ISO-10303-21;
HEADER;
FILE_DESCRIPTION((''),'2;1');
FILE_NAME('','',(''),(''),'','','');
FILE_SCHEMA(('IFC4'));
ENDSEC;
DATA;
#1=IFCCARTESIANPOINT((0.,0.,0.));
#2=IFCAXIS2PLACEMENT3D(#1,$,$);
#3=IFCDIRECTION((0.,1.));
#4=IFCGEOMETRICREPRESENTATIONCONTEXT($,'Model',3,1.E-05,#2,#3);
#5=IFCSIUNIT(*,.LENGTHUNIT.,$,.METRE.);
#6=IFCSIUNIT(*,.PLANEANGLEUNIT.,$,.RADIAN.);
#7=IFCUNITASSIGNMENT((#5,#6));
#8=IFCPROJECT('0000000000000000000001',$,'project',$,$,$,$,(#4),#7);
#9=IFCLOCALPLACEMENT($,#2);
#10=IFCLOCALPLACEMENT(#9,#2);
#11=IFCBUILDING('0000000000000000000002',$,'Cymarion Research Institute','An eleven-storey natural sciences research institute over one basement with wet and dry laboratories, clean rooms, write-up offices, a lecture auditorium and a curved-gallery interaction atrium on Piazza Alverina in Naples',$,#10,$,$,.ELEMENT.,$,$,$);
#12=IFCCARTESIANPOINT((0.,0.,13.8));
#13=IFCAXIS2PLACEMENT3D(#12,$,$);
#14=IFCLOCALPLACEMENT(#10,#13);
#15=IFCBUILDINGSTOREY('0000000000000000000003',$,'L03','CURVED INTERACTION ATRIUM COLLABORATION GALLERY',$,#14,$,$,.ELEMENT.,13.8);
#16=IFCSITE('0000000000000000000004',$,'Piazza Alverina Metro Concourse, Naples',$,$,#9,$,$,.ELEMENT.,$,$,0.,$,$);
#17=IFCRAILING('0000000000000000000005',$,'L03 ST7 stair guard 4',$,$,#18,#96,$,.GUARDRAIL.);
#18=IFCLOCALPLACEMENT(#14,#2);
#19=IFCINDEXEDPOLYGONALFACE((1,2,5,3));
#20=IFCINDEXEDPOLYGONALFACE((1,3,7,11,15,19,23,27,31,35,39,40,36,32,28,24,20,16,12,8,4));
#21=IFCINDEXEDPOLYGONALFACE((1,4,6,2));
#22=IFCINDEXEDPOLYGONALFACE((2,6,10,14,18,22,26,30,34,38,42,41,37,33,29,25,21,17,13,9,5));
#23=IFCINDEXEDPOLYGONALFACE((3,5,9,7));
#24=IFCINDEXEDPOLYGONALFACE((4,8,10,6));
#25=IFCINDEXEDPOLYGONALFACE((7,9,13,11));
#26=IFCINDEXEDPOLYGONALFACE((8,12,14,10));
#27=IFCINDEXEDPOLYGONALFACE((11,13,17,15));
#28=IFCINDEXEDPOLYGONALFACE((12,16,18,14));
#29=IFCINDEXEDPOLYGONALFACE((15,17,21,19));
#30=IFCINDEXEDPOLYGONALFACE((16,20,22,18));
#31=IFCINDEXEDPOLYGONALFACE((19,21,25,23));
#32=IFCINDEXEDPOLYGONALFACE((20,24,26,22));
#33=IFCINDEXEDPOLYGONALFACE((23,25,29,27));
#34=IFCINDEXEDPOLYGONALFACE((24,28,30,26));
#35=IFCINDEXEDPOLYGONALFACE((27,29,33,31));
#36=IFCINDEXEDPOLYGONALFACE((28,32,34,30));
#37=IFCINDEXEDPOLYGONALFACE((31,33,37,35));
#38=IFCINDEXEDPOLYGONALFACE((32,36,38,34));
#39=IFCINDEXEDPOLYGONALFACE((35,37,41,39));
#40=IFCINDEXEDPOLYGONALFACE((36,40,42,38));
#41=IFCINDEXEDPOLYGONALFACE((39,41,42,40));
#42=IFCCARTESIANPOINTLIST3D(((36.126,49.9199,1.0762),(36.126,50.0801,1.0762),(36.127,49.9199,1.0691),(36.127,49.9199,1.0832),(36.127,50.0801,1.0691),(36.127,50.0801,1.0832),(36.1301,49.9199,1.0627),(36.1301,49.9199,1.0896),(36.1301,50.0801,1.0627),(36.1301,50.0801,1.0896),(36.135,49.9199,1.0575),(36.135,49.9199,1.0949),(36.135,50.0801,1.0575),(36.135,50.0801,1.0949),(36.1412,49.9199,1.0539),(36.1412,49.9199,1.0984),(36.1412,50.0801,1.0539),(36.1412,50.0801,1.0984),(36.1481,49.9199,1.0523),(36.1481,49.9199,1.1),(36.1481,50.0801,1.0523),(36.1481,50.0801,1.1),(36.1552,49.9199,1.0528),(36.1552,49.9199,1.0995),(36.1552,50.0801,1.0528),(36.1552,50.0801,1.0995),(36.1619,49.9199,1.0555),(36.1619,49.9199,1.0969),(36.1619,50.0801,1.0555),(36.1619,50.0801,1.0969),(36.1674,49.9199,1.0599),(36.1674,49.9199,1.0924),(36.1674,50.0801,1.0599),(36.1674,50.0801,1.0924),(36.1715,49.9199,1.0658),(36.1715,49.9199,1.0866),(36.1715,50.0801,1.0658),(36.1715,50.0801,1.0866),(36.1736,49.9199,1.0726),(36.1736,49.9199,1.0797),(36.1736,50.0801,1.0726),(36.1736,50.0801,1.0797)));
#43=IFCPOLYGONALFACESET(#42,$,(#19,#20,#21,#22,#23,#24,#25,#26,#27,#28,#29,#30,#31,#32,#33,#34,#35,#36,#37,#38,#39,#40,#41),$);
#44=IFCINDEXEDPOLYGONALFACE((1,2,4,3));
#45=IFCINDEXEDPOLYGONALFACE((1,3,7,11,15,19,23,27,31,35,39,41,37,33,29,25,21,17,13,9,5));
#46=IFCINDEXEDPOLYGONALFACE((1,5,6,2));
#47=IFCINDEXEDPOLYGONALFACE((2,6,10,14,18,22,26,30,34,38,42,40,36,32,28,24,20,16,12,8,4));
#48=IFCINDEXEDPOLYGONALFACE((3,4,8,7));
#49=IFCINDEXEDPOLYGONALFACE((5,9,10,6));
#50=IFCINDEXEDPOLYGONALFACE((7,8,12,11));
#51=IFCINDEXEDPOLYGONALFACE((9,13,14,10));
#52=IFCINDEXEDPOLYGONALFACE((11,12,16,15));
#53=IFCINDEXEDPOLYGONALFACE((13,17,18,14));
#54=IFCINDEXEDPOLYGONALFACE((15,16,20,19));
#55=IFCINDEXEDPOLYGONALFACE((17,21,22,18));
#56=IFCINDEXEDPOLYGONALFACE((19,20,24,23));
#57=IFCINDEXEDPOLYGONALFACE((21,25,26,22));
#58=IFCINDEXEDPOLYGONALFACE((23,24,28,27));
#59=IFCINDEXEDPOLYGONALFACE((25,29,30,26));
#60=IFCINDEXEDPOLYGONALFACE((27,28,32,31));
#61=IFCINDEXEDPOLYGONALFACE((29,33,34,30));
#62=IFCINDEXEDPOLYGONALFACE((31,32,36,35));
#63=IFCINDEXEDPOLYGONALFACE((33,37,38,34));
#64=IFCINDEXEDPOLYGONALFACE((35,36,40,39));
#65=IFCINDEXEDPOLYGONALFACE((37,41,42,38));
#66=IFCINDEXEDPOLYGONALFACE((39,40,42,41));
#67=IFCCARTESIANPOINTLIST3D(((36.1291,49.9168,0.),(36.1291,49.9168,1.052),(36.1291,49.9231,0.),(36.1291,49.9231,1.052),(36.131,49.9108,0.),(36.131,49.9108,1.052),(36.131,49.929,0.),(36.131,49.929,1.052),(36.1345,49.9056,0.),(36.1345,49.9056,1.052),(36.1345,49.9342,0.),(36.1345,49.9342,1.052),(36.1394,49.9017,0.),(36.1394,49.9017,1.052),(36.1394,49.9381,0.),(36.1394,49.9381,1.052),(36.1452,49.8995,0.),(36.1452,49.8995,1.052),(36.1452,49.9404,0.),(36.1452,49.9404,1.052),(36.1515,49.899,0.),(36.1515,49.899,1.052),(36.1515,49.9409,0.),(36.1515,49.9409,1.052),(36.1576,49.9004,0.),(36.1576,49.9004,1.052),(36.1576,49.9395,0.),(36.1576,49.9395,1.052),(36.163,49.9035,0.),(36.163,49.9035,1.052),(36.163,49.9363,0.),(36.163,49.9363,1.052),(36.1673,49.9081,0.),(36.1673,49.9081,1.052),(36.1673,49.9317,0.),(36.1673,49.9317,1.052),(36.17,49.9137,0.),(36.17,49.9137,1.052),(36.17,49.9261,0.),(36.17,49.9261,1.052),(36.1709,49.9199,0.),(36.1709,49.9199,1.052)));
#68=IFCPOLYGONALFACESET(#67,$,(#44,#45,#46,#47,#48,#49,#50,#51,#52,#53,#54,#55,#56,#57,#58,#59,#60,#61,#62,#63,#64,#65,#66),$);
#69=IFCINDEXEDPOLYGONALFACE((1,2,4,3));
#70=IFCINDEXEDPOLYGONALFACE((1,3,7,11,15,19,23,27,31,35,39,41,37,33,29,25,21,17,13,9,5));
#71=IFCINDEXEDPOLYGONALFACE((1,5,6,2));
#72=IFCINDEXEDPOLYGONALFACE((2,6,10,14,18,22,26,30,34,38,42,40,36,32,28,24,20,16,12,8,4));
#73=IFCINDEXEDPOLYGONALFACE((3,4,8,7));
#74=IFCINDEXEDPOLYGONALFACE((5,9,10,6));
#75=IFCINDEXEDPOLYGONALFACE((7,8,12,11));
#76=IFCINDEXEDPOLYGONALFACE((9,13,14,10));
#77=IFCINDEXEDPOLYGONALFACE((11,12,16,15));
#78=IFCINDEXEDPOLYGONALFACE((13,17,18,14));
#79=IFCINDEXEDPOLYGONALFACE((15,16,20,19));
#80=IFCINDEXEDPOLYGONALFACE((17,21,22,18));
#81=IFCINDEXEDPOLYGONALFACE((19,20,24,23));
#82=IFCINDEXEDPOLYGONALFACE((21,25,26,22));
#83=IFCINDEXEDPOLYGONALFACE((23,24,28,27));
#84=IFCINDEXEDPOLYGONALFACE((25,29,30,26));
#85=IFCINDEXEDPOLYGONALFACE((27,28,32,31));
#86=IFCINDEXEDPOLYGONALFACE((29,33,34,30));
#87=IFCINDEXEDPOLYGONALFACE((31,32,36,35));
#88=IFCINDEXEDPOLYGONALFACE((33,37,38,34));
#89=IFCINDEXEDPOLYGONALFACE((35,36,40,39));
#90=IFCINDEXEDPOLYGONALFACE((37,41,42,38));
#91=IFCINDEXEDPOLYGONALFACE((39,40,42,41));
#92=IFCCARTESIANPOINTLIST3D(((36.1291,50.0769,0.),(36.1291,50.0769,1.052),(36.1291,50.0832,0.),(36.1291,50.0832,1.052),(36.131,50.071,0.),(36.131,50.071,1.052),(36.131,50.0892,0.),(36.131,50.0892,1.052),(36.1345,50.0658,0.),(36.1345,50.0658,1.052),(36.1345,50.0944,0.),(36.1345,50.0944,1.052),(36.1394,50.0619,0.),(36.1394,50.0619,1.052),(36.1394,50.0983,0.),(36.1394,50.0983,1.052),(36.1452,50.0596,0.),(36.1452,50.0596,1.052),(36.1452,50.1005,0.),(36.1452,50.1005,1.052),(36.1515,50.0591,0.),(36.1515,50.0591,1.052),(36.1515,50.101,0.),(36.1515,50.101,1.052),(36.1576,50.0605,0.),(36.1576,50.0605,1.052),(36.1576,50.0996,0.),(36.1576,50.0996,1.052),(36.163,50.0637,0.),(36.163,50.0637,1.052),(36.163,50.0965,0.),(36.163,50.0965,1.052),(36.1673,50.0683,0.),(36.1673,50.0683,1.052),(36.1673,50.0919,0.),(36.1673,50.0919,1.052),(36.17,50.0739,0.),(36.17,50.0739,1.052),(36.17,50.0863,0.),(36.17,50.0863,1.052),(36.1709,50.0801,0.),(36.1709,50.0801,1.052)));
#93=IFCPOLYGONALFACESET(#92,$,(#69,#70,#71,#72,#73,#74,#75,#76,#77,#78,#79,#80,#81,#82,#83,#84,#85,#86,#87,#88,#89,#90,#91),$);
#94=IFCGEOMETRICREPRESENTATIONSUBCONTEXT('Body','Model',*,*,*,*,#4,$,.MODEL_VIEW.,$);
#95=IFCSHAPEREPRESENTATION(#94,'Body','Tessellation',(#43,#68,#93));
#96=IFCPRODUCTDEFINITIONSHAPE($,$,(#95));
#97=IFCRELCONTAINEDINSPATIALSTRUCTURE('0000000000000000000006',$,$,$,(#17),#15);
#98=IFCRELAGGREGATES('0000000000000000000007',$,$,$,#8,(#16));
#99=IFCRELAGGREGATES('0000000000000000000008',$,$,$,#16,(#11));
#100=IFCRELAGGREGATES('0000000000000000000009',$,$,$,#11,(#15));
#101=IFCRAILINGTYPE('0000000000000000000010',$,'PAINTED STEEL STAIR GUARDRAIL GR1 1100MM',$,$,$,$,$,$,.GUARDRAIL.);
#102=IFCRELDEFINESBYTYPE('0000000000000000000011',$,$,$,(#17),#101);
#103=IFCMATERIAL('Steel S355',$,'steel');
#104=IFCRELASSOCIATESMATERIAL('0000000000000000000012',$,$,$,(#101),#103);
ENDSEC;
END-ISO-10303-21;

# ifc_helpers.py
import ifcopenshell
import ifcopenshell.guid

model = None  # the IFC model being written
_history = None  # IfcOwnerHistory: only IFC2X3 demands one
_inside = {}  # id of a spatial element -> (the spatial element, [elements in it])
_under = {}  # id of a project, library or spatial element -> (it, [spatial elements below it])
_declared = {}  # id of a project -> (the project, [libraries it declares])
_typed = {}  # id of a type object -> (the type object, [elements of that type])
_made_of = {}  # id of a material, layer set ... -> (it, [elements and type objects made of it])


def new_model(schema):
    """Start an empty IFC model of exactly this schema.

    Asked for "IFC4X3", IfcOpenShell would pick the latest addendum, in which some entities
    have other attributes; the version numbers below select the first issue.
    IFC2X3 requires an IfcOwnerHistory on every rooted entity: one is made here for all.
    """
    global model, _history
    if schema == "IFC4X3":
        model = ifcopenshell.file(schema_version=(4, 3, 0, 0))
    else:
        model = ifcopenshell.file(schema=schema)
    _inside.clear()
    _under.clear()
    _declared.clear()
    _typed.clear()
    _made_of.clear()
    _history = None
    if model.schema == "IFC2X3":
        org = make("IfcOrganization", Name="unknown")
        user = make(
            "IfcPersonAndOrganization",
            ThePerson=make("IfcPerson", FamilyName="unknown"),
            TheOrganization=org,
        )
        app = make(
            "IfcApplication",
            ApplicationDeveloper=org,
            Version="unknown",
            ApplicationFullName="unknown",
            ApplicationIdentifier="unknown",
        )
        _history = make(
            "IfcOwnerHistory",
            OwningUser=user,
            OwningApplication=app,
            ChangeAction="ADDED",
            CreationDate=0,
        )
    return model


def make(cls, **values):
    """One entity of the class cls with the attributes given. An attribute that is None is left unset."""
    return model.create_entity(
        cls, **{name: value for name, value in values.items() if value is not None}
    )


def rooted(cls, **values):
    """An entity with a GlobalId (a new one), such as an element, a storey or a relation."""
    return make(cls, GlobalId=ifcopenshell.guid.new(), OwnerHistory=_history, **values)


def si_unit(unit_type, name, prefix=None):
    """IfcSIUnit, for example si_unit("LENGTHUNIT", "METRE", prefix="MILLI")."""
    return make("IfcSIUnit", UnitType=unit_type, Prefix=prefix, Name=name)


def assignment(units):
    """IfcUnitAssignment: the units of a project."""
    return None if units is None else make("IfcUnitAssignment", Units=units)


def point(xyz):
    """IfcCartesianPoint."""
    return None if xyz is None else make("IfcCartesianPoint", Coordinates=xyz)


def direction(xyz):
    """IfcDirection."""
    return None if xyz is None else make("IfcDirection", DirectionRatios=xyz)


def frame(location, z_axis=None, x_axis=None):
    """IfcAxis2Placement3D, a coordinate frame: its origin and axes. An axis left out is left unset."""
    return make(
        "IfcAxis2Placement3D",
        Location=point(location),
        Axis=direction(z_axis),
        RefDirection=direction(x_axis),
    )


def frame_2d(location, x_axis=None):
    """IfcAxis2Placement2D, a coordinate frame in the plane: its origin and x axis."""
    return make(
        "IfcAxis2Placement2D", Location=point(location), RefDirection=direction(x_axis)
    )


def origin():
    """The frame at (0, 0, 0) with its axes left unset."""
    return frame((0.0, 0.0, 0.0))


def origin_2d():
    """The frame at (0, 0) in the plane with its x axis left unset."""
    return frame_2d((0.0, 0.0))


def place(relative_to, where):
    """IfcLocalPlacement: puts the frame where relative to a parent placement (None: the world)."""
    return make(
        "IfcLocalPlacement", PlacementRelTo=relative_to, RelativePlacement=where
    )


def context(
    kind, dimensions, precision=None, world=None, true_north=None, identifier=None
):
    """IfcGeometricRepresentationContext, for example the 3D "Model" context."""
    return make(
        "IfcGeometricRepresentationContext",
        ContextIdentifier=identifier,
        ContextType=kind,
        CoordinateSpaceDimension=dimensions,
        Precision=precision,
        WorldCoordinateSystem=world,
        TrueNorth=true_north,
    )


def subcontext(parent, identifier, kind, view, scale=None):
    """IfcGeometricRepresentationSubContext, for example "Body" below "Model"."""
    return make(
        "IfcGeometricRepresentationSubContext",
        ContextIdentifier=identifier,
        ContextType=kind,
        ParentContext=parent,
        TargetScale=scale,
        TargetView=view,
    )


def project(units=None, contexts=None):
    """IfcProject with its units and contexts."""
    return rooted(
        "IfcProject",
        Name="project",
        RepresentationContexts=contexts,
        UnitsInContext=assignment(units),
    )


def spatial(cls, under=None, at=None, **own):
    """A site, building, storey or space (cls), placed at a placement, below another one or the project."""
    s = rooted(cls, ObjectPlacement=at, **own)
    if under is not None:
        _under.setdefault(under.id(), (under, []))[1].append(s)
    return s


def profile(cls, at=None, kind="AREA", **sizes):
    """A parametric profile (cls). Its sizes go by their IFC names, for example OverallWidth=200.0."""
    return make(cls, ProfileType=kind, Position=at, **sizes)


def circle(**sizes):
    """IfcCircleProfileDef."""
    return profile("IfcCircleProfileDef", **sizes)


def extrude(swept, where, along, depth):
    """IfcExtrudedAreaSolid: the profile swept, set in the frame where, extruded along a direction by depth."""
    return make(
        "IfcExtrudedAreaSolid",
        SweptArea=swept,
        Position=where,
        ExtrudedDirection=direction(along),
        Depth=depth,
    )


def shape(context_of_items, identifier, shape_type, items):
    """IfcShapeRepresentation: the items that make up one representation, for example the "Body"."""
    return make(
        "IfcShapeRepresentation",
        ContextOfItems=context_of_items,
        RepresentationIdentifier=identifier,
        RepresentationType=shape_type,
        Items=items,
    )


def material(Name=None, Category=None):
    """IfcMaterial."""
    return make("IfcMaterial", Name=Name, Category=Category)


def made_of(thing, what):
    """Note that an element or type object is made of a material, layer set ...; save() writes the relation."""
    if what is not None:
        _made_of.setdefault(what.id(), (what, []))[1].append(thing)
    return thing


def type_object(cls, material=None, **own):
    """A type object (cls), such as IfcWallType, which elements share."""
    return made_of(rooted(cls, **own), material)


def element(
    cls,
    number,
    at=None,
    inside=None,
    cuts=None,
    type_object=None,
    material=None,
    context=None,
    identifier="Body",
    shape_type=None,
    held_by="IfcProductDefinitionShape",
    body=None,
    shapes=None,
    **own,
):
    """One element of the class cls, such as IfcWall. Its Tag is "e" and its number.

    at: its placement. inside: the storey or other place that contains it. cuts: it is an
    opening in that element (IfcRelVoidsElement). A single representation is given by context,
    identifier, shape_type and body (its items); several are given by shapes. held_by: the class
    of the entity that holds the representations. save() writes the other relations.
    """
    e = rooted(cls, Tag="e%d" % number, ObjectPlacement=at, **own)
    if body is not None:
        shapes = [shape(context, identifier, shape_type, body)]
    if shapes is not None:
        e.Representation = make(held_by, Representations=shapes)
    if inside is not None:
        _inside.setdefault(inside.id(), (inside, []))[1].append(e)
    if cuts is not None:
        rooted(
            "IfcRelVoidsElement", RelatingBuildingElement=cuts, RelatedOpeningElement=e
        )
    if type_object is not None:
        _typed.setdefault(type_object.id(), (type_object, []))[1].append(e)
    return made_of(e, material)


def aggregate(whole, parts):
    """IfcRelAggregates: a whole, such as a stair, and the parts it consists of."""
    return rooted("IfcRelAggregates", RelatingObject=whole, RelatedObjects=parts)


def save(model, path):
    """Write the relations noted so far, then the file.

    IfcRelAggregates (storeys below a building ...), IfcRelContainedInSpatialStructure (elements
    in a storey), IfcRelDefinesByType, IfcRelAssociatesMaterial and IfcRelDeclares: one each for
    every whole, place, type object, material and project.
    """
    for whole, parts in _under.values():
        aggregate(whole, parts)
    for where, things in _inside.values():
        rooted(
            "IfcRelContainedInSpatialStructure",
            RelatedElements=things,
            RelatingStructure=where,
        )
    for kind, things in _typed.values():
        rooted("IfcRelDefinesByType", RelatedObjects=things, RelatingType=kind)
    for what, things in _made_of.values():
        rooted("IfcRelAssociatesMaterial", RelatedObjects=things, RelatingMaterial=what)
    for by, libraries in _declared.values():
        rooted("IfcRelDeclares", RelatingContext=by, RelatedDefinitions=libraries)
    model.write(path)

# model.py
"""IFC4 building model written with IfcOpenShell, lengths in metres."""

from ifc_helpers import new_model, si_unit, direction, frame, origin, origin_2d, place, context, subcontext, project, spatial, circle, extrude, material, type_object, element, save


model = new_model("IFC4")

# Units and contexts
model_context = context("Model", 3, precision=1e-05, world=origin(), true_north=direction((0.0, 1.0)))
body_context = subcontext(model_context, "Body", "Model", "MODEL_VIEW")
ifc_project = project(units=[si_unit("LENGTHUNIT", "METRE"), si_unit("PLANEANGLEUNIT", "RADIAN")], contexts=[model_context])

# Site, building, storey
site_placement = place(None, origin())
site = spatial("IfcSite", under=ifc_project, at=site_placement, Name="Piazza Alverina Metro Concourse, Naples", CompositionType="ELEMENT", RefElevation=0.0)
building_placement = place(site_placement, origin())
building = spatial("IfcBuilding", under=site, at=building_placement, Name="Cymarion Research Institute", Description="An eleven-storey natural sciences research institute over one basement with wet and dry laboratories, clean rooms, write-up offices, a lecture auditorium and a curved-gallery interaction atrium on Piazza Alverina in Naples", CompositionType="ELEMENT")
storey_placement = place(building_placement, frame((0.0, 0.0, 13.8)))
storey = spatial("IfcBuildingStorey", under=building, at=storey_placement, Name="L03", Description="CURVED INTERACTION ATRIUM COLLABORATION GALLERY", CompositionType="ELEMENT", Elevation=13.8)

# Shared definitions
ifc_material_1 = material(Name="Steel S355", Category="steel")

# Railing
railing_type_1 = type_object("IfcRailingType", Name="PAINTED STEEL STAIR GUARDRAIL GR1 1100MM", PredefinedType="GUARDRAIL", material=ifc_material_1)
railing_1_placement = place(storey_placement, frame((36.1499, 49.9199, 0.0)))
element("IfcRailing", 1, at=railing_1_placement, inside=storey, type_object=railing_type_1, Name="L03 ST7 stair guard 4", PredefinedType="GUARDRAIL", context=body_context, shape_type="SweptSolid", body=[
    extrude(circle(Radius=0.0239, at=origin_2d()), frame((0.0, 0.0, 1.0762), z_axis=(0.0, 1.0, 0.0), x_axis=(-1.0, 0.0, 0.0)), (0.0, 0.0, 1.0), 0.1602),
    extrude(circle(Radius=0.021, at=origin_2d()), origin(), (0.0, 0.0, 1.0), 1.052),
    extrude(circle(Radius=0.021, at=origin_2d()), frame((0.0, 0.1602, 0.0)), (0.0, 0.0, 1.0), 1.052),
])

save(model, "model.ifc")
